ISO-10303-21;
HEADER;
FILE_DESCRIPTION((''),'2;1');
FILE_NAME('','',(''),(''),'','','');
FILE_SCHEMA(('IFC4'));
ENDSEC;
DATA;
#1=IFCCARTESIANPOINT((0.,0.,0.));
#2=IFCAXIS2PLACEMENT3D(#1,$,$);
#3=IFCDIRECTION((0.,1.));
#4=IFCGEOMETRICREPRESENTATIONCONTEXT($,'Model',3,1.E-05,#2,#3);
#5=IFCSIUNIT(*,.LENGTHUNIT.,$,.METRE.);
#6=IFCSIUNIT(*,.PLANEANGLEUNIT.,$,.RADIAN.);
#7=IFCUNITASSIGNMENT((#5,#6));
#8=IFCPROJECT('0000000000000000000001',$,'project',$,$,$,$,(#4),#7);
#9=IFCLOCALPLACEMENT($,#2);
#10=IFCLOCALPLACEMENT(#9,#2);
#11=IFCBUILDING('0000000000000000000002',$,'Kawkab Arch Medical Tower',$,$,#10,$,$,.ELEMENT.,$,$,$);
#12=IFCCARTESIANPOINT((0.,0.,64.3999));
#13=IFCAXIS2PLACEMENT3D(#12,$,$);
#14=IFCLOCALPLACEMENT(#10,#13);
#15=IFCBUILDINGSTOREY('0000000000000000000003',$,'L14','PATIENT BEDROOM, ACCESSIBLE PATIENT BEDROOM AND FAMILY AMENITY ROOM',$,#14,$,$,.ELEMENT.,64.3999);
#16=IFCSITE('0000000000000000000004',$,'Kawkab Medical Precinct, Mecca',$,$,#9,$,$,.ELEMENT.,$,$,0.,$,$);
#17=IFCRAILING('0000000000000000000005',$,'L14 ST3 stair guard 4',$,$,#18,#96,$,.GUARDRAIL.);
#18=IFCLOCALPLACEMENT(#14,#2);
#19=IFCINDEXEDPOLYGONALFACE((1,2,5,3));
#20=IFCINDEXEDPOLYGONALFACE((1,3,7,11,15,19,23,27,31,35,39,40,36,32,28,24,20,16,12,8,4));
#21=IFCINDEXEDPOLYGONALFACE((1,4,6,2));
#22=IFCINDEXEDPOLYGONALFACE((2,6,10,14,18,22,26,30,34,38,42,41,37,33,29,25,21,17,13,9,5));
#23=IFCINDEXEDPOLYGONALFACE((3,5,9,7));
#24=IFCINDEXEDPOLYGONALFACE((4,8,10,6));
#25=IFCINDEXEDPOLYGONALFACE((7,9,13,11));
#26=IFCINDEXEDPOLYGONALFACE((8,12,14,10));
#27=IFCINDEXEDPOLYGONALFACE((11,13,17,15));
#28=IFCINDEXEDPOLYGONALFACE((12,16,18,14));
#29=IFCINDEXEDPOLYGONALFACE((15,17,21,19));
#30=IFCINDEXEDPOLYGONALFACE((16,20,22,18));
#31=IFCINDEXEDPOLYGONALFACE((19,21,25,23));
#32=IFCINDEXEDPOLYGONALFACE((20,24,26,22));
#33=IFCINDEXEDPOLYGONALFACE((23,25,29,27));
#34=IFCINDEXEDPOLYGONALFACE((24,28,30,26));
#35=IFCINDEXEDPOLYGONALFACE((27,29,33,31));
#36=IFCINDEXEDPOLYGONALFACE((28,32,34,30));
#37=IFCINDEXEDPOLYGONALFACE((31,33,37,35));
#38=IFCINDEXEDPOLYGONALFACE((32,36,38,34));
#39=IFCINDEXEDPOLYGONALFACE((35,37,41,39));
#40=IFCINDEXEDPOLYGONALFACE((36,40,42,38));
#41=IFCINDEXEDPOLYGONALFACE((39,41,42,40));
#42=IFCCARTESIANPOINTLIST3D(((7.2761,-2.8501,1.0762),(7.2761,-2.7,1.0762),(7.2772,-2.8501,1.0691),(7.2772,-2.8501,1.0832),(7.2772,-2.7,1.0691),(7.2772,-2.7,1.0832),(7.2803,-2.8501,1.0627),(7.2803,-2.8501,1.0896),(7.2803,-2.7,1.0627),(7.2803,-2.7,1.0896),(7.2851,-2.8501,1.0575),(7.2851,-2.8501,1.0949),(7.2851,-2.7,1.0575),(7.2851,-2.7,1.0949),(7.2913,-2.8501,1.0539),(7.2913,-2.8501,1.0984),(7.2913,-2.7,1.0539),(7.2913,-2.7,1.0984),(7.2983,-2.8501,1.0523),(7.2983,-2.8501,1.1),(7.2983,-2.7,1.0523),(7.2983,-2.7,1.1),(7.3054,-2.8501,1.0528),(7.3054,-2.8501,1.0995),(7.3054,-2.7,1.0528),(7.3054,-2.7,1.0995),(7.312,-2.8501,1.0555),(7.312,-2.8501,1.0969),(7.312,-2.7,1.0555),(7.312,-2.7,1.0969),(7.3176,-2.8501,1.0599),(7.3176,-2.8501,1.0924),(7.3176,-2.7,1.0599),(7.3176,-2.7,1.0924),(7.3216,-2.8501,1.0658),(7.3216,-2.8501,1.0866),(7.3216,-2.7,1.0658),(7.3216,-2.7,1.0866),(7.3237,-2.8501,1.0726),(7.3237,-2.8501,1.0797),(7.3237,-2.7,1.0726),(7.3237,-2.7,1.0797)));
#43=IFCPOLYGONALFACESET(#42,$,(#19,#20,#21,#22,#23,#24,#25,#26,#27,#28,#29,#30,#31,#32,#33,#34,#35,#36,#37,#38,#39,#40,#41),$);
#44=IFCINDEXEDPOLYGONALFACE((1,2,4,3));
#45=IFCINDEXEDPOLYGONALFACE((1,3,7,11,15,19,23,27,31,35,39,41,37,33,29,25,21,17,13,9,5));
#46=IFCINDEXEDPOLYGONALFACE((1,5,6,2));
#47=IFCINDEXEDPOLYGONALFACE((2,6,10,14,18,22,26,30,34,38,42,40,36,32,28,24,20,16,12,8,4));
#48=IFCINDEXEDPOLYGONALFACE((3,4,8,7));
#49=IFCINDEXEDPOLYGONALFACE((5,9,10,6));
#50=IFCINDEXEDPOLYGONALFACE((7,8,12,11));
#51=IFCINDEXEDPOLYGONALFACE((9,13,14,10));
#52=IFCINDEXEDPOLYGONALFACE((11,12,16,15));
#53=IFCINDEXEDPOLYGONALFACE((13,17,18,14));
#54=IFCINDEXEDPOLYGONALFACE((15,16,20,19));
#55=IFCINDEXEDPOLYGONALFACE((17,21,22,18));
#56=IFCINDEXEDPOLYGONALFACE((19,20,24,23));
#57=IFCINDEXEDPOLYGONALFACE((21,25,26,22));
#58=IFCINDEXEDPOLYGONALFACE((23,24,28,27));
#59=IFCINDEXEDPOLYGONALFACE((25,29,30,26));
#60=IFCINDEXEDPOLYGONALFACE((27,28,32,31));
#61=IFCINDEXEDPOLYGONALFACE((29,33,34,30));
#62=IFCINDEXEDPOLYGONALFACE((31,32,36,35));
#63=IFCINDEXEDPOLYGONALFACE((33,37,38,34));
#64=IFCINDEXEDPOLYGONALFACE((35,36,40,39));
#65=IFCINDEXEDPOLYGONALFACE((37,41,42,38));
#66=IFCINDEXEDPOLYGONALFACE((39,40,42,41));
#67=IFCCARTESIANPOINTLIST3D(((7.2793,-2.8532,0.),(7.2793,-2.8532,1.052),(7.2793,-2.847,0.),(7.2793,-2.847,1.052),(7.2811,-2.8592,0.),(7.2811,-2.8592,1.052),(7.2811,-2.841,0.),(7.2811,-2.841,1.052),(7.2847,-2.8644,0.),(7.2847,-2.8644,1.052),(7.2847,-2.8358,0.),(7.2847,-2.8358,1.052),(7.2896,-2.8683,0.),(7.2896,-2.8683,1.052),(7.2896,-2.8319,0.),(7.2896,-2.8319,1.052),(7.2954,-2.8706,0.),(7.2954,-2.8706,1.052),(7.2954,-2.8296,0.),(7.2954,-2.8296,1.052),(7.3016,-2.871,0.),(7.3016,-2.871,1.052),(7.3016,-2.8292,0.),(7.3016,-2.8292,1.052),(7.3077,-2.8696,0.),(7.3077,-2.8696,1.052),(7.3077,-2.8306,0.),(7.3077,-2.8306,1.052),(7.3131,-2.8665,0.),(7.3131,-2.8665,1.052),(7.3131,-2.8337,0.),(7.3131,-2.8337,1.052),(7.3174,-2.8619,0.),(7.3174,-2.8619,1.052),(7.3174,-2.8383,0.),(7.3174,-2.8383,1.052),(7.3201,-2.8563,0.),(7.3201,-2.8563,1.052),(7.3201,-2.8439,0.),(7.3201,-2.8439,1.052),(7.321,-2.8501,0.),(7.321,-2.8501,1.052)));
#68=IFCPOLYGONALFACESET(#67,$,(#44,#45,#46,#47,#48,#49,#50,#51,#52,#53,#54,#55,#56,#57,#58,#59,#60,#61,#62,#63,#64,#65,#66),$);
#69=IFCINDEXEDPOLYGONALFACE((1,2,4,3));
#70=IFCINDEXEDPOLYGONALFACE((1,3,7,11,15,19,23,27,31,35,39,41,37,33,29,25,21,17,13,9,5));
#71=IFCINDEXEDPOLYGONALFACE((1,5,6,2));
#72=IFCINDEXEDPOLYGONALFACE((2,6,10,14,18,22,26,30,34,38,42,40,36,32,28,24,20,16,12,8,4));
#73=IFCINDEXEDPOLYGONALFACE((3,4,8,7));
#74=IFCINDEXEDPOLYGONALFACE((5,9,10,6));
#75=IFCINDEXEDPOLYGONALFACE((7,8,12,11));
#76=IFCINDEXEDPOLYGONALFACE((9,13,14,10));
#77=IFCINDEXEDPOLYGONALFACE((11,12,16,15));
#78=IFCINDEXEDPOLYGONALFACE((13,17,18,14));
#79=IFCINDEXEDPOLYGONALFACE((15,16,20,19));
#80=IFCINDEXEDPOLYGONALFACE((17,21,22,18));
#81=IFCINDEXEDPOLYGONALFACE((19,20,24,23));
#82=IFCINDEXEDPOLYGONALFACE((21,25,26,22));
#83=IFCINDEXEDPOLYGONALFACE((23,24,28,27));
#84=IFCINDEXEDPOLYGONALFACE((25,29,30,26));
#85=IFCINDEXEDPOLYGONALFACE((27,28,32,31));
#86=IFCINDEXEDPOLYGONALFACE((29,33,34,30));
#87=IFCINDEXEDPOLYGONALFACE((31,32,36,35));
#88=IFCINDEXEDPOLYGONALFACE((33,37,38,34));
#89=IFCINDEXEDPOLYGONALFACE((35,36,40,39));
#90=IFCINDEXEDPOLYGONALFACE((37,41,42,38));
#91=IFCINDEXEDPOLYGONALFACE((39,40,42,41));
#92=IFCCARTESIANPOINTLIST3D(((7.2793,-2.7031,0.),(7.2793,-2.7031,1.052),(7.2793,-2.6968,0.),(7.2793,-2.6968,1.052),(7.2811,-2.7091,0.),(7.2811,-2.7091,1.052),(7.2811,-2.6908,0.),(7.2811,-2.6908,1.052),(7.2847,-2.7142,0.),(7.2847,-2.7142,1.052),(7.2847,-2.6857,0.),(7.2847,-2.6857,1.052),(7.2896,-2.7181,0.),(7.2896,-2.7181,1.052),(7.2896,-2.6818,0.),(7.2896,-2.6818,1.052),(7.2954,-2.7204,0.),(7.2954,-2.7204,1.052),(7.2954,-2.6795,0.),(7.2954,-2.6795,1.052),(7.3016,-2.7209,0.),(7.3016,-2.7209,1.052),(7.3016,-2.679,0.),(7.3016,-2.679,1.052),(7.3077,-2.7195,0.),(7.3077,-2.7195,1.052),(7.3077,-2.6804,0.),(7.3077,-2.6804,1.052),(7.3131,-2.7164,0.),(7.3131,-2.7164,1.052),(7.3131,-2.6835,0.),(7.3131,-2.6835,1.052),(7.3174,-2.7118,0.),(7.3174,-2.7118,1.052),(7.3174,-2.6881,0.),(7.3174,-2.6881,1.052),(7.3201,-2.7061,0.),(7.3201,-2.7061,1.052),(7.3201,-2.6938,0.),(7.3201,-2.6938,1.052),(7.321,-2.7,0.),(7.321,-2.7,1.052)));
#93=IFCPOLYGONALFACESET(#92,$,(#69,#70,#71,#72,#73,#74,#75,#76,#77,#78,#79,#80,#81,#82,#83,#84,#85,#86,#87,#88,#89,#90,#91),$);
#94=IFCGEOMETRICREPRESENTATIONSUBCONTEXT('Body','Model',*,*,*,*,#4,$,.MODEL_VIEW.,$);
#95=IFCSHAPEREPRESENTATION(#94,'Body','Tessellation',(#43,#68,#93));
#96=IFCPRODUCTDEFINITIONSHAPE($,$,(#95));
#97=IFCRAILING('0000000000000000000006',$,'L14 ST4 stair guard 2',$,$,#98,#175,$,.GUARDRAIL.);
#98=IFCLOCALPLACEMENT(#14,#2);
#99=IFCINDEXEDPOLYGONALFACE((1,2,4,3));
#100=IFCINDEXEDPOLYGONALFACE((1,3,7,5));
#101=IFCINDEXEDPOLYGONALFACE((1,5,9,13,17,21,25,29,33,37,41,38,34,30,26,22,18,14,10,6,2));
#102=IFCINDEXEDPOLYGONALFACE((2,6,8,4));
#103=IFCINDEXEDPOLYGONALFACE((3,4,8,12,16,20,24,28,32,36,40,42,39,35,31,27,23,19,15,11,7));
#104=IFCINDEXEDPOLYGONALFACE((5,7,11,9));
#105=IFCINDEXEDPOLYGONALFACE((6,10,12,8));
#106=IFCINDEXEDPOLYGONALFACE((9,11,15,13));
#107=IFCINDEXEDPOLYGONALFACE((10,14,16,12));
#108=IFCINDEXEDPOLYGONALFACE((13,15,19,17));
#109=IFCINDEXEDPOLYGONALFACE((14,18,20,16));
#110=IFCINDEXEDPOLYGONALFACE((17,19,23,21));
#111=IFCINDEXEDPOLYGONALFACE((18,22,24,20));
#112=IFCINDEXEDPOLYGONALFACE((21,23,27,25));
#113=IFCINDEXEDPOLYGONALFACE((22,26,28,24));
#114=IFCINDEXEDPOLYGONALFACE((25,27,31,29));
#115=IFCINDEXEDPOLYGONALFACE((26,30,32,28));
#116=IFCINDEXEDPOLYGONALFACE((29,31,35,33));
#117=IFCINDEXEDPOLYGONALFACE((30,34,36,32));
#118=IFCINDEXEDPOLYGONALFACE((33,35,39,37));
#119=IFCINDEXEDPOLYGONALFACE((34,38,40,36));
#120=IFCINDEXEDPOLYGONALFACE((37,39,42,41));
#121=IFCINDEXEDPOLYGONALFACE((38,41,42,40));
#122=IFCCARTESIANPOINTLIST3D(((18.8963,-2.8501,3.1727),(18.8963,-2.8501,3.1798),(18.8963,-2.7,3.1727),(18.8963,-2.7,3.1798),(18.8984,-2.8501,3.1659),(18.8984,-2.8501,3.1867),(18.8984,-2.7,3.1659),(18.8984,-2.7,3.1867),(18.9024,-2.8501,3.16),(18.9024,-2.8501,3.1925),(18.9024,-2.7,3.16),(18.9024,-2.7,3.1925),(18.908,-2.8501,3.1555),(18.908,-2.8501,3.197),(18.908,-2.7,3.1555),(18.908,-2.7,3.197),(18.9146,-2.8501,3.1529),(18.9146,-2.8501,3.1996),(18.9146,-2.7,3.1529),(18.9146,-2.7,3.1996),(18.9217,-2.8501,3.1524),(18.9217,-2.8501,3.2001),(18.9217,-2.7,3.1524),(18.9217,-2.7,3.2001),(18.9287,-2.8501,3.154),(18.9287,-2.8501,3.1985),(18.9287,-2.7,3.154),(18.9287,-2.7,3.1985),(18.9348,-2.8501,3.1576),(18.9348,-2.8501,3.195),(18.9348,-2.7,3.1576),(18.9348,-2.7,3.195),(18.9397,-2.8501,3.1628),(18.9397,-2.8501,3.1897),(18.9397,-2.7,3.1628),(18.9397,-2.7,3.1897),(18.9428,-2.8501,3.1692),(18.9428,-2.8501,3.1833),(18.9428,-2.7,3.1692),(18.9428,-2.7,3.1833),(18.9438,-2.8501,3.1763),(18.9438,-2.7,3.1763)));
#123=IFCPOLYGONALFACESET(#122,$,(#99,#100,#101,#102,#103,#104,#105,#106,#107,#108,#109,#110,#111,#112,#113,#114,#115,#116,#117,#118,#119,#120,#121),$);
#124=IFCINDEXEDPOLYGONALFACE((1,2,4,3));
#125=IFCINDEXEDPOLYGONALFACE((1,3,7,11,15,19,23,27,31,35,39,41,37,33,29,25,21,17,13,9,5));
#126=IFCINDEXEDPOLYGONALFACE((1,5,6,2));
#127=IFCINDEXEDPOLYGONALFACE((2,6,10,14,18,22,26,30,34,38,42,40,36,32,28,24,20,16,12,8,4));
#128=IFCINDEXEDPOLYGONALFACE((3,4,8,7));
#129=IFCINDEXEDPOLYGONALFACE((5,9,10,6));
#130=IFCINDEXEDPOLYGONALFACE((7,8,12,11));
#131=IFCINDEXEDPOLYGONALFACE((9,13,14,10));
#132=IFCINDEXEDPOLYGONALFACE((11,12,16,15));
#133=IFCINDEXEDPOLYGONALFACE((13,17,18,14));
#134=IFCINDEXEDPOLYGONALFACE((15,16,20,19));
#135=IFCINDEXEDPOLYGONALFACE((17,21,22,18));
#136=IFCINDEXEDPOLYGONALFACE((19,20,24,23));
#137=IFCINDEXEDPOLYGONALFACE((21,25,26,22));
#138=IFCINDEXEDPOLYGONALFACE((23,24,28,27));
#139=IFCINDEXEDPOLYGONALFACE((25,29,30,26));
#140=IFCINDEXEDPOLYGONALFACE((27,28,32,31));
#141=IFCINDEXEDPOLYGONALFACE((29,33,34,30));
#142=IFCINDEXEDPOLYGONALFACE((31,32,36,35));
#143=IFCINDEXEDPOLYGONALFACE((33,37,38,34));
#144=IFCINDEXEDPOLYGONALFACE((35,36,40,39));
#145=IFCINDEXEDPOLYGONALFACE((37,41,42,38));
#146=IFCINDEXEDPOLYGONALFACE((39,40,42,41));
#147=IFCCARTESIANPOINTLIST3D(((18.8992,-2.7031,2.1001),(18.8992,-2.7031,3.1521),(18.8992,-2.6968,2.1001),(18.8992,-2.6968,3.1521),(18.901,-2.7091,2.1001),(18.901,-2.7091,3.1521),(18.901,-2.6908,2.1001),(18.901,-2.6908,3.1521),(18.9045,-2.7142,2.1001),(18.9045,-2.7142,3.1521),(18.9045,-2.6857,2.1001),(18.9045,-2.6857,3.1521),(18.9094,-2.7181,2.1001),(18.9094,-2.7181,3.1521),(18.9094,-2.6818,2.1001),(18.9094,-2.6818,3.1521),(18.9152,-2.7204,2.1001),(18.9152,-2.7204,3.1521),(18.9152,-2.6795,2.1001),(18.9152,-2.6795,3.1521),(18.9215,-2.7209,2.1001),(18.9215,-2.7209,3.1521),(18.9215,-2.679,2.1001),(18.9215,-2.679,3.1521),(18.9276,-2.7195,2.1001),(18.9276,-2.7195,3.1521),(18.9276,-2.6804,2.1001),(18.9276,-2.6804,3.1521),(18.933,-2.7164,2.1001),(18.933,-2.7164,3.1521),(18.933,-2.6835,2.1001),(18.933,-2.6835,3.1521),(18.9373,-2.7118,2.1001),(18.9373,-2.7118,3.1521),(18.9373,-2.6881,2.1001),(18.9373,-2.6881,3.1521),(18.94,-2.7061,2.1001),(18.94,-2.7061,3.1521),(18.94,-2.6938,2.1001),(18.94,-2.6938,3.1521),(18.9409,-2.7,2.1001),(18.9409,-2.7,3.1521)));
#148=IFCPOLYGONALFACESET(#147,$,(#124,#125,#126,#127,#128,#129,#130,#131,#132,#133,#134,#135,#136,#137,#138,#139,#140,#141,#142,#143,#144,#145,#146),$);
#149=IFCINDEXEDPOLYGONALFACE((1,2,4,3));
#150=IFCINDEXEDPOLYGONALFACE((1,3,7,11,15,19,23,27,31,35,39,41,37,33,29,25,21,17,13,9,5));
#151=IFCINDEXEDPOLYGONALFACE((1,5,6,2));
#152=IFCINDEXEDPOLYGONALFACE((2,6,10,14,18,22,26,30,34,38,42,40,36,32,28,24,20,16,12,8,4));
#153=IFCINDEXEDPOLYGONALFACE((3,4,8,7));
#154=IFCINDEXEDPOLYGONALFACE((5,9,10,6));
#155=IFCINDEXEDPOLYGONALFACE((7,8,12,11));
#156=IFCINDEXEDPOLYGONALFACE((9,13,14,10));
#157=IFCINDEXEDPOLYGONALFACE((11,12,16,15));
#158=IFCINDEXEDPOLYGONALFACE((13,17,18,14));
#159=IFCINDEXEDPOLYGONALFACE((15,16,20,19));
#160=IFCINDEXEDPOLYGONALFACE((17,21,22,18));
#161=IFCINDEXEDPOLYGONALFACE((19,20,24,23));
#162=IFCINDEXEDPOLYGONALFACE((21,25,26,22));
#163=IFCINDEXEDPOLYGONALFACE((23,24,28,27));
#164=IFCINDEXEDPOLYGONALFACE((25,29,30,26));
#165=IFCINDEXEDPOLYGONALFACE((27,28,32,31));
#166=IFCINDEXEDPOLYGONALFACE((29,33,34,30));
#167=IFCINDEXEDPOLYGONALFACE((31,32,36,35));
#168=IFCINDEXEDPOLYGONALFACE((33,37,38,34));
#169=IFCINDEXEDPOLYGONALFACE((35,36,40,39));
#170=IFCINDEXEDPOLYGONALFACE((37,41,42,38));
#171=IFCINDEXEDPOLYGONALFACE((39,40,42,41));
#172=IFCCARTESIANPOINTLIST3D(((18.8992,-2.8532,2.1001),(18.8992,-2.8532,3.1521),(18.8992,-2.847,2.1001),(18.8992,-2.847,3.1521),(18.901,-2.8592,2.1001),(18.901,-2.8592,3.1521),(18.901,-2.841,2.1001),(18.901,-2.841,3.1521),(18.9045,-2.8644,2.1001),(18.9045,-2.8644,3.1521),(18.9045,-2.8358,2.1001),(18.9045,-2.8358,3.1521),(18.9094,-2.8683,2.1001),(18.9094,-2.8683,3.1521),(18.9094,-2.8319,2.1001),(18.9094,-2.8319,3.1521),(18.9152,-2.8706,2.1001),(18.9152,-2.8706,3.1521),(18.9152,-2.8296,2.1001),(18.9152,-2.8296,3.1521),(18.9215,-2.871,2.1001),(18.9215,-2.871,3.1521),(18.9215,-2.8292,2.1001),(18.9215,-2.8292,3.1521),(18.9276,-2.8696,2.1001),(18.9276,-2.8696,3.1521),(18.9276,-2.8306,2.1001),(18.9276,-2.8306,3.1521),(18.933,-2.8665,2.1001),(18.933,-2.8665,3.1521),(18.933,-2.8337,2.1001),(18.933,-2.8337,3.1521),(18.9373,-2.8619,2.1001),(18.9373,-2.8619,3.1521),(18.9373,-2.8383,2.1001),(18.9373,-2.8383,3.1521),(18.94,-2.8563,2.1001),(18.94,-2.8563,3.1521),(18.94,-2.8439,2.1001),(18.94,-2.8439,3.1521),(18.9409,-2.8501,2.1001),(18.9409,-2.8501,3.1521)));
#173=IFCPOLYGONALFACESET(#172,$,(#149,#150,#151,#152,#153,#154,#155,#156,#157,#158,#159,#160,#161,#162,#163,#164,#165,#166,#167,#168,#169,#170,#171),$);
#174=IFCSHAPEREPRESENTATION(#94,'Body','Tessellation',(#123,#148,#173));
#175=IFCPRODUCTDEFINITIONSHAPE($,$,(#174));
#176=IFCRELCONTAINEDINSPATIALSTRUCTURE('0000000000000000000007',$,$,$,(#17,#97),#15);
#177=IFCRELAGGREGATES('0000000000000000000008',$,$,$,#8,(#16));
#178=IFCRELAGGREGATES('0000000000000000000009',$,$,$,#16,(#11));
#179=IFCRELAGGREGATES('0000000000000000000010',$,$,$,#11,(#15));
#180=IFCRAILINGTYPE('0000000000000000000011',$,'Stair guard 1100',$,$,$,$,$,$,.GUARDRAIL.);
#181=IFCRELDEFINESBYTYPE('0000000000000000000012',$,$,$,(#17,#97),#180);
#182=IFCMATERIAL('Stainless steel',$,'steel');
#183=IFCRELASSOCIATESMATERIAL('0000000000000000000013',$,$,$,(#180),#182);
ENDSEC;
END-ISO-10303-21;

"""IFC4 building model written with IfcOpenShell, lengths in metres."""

from ifc_helpers import new_model, si_unit, direction, frame, origin, origin_2d, place, context, subcontext, project, spatial, circle, extrude, material, type_object, element, save


model = new_model("IFC4")

# Units and contexts
model_context = context("Model", 3, precision=1e-05, world=origin(), true_north=direction((0.0, 1.0)))
body_context = subcontext(model_context, "Body", "Model", "MODEL_VIEW")
ifc_project = project(units=[si_unit("LENGTHUNIT", "METRE"), si_unit("PLANEANGLEUNIT", "RADIAN")], contexts=[model_context])

# Site, building, storey
site_placement = place(None, origin())
site = spatial("IfcSite", under=ifc_project, at=site_placement, Name="Kawkab Medical Precinct, Mecca", CompositionType="ELEMENT", RefElevation=0.0)
building_placement = place(site_placement, origin())
building = spatial("IfcBuilding", under=site, at=building_placement, Name="Kawkab Arch Medical Tower", CompositionType="ELEMENT")
storey_placement = place(building_placement, frame((0.0, 0.0, 64.3999)))
storey = spatial("IfcBuildingStorey", under=building, at=storey_placement, Name="L14", Description="PATIENT BEDROOM, ACCESSIBLE PATIENT BEDROOM AND FAMILY AMENITY ROOM", CompositionType="ELEMENT", Elevation=64.3999)

# Railings
ifc_material_1 = material(Name="Stainless steel", Category="steel")
railing_type_1 = type_object("IfcRailingType", Name="Stair guard 1100", PredefinedType="GUARDRAIL", material=ifc_material_1)
railing_1_placement = place(storey_placement, frame((7.3, -2.8501, 0.0)))
element("IfcRailing", 1, at=railing_1_placement, inside=storey, type_object=railing_type_1, Name="L14 ST3 stair guard 4", PredefinedType="GUARDRAIL", context=body_context, shape_type="SweptSolid", body=[
    extrude(circle(Radius=0.0239, at=origin_2d()), frame((0.0, 0.0, 1.0762), z_axis=(0.0, 1.0, 0.0), x_axis=(-1.0, 0.0, 0.0)), (0.0, 0.0, 1.0), 0.1501),
    extrude(circle(Radius=0.021, at=origin_2d()), origin(), (0.0, 0.0, 1.0), 1.052),
    extrude(circle(Radius=0.021, at=origin_2d()), frame((0.0, 0.1501, 0.0)), (0.0, 0.0, 1.0), 1.052),
])
railing_2_placement = place(storey_placement, frame((18.9199, -2.7, 2.1001)))
element("IfcRailing", 2, at=railing_2_placement, inside=storey, type_object=railing_type_1, Name="L14 ST4 stair guard 2", PredefinedType="GUARDRAIL", context=body_context, shape_type="SweptSolid", body=[
    extrude(circle(Radius=0.0239, at=origin_2d()), frame((0.0, 0.0, 1.0762), z_axis=(0.0, -1.0, 0.0), x_axis=(1.0, 0.0, 0.0)), (0.0, 0.0, 1.0), 0.1501),
    extrude(circle(Radius=0.021, at=origin_2d()), origin(), (0.0, 0.0, 1.0), 1.052),
    extrude(circle(Radius=0.021, at=origin_2d()), frame((0.0, -0.1501, 0.0)), (0.0, 0.0, 1.0), 1.052),
])

save(model, "model.ifc")
